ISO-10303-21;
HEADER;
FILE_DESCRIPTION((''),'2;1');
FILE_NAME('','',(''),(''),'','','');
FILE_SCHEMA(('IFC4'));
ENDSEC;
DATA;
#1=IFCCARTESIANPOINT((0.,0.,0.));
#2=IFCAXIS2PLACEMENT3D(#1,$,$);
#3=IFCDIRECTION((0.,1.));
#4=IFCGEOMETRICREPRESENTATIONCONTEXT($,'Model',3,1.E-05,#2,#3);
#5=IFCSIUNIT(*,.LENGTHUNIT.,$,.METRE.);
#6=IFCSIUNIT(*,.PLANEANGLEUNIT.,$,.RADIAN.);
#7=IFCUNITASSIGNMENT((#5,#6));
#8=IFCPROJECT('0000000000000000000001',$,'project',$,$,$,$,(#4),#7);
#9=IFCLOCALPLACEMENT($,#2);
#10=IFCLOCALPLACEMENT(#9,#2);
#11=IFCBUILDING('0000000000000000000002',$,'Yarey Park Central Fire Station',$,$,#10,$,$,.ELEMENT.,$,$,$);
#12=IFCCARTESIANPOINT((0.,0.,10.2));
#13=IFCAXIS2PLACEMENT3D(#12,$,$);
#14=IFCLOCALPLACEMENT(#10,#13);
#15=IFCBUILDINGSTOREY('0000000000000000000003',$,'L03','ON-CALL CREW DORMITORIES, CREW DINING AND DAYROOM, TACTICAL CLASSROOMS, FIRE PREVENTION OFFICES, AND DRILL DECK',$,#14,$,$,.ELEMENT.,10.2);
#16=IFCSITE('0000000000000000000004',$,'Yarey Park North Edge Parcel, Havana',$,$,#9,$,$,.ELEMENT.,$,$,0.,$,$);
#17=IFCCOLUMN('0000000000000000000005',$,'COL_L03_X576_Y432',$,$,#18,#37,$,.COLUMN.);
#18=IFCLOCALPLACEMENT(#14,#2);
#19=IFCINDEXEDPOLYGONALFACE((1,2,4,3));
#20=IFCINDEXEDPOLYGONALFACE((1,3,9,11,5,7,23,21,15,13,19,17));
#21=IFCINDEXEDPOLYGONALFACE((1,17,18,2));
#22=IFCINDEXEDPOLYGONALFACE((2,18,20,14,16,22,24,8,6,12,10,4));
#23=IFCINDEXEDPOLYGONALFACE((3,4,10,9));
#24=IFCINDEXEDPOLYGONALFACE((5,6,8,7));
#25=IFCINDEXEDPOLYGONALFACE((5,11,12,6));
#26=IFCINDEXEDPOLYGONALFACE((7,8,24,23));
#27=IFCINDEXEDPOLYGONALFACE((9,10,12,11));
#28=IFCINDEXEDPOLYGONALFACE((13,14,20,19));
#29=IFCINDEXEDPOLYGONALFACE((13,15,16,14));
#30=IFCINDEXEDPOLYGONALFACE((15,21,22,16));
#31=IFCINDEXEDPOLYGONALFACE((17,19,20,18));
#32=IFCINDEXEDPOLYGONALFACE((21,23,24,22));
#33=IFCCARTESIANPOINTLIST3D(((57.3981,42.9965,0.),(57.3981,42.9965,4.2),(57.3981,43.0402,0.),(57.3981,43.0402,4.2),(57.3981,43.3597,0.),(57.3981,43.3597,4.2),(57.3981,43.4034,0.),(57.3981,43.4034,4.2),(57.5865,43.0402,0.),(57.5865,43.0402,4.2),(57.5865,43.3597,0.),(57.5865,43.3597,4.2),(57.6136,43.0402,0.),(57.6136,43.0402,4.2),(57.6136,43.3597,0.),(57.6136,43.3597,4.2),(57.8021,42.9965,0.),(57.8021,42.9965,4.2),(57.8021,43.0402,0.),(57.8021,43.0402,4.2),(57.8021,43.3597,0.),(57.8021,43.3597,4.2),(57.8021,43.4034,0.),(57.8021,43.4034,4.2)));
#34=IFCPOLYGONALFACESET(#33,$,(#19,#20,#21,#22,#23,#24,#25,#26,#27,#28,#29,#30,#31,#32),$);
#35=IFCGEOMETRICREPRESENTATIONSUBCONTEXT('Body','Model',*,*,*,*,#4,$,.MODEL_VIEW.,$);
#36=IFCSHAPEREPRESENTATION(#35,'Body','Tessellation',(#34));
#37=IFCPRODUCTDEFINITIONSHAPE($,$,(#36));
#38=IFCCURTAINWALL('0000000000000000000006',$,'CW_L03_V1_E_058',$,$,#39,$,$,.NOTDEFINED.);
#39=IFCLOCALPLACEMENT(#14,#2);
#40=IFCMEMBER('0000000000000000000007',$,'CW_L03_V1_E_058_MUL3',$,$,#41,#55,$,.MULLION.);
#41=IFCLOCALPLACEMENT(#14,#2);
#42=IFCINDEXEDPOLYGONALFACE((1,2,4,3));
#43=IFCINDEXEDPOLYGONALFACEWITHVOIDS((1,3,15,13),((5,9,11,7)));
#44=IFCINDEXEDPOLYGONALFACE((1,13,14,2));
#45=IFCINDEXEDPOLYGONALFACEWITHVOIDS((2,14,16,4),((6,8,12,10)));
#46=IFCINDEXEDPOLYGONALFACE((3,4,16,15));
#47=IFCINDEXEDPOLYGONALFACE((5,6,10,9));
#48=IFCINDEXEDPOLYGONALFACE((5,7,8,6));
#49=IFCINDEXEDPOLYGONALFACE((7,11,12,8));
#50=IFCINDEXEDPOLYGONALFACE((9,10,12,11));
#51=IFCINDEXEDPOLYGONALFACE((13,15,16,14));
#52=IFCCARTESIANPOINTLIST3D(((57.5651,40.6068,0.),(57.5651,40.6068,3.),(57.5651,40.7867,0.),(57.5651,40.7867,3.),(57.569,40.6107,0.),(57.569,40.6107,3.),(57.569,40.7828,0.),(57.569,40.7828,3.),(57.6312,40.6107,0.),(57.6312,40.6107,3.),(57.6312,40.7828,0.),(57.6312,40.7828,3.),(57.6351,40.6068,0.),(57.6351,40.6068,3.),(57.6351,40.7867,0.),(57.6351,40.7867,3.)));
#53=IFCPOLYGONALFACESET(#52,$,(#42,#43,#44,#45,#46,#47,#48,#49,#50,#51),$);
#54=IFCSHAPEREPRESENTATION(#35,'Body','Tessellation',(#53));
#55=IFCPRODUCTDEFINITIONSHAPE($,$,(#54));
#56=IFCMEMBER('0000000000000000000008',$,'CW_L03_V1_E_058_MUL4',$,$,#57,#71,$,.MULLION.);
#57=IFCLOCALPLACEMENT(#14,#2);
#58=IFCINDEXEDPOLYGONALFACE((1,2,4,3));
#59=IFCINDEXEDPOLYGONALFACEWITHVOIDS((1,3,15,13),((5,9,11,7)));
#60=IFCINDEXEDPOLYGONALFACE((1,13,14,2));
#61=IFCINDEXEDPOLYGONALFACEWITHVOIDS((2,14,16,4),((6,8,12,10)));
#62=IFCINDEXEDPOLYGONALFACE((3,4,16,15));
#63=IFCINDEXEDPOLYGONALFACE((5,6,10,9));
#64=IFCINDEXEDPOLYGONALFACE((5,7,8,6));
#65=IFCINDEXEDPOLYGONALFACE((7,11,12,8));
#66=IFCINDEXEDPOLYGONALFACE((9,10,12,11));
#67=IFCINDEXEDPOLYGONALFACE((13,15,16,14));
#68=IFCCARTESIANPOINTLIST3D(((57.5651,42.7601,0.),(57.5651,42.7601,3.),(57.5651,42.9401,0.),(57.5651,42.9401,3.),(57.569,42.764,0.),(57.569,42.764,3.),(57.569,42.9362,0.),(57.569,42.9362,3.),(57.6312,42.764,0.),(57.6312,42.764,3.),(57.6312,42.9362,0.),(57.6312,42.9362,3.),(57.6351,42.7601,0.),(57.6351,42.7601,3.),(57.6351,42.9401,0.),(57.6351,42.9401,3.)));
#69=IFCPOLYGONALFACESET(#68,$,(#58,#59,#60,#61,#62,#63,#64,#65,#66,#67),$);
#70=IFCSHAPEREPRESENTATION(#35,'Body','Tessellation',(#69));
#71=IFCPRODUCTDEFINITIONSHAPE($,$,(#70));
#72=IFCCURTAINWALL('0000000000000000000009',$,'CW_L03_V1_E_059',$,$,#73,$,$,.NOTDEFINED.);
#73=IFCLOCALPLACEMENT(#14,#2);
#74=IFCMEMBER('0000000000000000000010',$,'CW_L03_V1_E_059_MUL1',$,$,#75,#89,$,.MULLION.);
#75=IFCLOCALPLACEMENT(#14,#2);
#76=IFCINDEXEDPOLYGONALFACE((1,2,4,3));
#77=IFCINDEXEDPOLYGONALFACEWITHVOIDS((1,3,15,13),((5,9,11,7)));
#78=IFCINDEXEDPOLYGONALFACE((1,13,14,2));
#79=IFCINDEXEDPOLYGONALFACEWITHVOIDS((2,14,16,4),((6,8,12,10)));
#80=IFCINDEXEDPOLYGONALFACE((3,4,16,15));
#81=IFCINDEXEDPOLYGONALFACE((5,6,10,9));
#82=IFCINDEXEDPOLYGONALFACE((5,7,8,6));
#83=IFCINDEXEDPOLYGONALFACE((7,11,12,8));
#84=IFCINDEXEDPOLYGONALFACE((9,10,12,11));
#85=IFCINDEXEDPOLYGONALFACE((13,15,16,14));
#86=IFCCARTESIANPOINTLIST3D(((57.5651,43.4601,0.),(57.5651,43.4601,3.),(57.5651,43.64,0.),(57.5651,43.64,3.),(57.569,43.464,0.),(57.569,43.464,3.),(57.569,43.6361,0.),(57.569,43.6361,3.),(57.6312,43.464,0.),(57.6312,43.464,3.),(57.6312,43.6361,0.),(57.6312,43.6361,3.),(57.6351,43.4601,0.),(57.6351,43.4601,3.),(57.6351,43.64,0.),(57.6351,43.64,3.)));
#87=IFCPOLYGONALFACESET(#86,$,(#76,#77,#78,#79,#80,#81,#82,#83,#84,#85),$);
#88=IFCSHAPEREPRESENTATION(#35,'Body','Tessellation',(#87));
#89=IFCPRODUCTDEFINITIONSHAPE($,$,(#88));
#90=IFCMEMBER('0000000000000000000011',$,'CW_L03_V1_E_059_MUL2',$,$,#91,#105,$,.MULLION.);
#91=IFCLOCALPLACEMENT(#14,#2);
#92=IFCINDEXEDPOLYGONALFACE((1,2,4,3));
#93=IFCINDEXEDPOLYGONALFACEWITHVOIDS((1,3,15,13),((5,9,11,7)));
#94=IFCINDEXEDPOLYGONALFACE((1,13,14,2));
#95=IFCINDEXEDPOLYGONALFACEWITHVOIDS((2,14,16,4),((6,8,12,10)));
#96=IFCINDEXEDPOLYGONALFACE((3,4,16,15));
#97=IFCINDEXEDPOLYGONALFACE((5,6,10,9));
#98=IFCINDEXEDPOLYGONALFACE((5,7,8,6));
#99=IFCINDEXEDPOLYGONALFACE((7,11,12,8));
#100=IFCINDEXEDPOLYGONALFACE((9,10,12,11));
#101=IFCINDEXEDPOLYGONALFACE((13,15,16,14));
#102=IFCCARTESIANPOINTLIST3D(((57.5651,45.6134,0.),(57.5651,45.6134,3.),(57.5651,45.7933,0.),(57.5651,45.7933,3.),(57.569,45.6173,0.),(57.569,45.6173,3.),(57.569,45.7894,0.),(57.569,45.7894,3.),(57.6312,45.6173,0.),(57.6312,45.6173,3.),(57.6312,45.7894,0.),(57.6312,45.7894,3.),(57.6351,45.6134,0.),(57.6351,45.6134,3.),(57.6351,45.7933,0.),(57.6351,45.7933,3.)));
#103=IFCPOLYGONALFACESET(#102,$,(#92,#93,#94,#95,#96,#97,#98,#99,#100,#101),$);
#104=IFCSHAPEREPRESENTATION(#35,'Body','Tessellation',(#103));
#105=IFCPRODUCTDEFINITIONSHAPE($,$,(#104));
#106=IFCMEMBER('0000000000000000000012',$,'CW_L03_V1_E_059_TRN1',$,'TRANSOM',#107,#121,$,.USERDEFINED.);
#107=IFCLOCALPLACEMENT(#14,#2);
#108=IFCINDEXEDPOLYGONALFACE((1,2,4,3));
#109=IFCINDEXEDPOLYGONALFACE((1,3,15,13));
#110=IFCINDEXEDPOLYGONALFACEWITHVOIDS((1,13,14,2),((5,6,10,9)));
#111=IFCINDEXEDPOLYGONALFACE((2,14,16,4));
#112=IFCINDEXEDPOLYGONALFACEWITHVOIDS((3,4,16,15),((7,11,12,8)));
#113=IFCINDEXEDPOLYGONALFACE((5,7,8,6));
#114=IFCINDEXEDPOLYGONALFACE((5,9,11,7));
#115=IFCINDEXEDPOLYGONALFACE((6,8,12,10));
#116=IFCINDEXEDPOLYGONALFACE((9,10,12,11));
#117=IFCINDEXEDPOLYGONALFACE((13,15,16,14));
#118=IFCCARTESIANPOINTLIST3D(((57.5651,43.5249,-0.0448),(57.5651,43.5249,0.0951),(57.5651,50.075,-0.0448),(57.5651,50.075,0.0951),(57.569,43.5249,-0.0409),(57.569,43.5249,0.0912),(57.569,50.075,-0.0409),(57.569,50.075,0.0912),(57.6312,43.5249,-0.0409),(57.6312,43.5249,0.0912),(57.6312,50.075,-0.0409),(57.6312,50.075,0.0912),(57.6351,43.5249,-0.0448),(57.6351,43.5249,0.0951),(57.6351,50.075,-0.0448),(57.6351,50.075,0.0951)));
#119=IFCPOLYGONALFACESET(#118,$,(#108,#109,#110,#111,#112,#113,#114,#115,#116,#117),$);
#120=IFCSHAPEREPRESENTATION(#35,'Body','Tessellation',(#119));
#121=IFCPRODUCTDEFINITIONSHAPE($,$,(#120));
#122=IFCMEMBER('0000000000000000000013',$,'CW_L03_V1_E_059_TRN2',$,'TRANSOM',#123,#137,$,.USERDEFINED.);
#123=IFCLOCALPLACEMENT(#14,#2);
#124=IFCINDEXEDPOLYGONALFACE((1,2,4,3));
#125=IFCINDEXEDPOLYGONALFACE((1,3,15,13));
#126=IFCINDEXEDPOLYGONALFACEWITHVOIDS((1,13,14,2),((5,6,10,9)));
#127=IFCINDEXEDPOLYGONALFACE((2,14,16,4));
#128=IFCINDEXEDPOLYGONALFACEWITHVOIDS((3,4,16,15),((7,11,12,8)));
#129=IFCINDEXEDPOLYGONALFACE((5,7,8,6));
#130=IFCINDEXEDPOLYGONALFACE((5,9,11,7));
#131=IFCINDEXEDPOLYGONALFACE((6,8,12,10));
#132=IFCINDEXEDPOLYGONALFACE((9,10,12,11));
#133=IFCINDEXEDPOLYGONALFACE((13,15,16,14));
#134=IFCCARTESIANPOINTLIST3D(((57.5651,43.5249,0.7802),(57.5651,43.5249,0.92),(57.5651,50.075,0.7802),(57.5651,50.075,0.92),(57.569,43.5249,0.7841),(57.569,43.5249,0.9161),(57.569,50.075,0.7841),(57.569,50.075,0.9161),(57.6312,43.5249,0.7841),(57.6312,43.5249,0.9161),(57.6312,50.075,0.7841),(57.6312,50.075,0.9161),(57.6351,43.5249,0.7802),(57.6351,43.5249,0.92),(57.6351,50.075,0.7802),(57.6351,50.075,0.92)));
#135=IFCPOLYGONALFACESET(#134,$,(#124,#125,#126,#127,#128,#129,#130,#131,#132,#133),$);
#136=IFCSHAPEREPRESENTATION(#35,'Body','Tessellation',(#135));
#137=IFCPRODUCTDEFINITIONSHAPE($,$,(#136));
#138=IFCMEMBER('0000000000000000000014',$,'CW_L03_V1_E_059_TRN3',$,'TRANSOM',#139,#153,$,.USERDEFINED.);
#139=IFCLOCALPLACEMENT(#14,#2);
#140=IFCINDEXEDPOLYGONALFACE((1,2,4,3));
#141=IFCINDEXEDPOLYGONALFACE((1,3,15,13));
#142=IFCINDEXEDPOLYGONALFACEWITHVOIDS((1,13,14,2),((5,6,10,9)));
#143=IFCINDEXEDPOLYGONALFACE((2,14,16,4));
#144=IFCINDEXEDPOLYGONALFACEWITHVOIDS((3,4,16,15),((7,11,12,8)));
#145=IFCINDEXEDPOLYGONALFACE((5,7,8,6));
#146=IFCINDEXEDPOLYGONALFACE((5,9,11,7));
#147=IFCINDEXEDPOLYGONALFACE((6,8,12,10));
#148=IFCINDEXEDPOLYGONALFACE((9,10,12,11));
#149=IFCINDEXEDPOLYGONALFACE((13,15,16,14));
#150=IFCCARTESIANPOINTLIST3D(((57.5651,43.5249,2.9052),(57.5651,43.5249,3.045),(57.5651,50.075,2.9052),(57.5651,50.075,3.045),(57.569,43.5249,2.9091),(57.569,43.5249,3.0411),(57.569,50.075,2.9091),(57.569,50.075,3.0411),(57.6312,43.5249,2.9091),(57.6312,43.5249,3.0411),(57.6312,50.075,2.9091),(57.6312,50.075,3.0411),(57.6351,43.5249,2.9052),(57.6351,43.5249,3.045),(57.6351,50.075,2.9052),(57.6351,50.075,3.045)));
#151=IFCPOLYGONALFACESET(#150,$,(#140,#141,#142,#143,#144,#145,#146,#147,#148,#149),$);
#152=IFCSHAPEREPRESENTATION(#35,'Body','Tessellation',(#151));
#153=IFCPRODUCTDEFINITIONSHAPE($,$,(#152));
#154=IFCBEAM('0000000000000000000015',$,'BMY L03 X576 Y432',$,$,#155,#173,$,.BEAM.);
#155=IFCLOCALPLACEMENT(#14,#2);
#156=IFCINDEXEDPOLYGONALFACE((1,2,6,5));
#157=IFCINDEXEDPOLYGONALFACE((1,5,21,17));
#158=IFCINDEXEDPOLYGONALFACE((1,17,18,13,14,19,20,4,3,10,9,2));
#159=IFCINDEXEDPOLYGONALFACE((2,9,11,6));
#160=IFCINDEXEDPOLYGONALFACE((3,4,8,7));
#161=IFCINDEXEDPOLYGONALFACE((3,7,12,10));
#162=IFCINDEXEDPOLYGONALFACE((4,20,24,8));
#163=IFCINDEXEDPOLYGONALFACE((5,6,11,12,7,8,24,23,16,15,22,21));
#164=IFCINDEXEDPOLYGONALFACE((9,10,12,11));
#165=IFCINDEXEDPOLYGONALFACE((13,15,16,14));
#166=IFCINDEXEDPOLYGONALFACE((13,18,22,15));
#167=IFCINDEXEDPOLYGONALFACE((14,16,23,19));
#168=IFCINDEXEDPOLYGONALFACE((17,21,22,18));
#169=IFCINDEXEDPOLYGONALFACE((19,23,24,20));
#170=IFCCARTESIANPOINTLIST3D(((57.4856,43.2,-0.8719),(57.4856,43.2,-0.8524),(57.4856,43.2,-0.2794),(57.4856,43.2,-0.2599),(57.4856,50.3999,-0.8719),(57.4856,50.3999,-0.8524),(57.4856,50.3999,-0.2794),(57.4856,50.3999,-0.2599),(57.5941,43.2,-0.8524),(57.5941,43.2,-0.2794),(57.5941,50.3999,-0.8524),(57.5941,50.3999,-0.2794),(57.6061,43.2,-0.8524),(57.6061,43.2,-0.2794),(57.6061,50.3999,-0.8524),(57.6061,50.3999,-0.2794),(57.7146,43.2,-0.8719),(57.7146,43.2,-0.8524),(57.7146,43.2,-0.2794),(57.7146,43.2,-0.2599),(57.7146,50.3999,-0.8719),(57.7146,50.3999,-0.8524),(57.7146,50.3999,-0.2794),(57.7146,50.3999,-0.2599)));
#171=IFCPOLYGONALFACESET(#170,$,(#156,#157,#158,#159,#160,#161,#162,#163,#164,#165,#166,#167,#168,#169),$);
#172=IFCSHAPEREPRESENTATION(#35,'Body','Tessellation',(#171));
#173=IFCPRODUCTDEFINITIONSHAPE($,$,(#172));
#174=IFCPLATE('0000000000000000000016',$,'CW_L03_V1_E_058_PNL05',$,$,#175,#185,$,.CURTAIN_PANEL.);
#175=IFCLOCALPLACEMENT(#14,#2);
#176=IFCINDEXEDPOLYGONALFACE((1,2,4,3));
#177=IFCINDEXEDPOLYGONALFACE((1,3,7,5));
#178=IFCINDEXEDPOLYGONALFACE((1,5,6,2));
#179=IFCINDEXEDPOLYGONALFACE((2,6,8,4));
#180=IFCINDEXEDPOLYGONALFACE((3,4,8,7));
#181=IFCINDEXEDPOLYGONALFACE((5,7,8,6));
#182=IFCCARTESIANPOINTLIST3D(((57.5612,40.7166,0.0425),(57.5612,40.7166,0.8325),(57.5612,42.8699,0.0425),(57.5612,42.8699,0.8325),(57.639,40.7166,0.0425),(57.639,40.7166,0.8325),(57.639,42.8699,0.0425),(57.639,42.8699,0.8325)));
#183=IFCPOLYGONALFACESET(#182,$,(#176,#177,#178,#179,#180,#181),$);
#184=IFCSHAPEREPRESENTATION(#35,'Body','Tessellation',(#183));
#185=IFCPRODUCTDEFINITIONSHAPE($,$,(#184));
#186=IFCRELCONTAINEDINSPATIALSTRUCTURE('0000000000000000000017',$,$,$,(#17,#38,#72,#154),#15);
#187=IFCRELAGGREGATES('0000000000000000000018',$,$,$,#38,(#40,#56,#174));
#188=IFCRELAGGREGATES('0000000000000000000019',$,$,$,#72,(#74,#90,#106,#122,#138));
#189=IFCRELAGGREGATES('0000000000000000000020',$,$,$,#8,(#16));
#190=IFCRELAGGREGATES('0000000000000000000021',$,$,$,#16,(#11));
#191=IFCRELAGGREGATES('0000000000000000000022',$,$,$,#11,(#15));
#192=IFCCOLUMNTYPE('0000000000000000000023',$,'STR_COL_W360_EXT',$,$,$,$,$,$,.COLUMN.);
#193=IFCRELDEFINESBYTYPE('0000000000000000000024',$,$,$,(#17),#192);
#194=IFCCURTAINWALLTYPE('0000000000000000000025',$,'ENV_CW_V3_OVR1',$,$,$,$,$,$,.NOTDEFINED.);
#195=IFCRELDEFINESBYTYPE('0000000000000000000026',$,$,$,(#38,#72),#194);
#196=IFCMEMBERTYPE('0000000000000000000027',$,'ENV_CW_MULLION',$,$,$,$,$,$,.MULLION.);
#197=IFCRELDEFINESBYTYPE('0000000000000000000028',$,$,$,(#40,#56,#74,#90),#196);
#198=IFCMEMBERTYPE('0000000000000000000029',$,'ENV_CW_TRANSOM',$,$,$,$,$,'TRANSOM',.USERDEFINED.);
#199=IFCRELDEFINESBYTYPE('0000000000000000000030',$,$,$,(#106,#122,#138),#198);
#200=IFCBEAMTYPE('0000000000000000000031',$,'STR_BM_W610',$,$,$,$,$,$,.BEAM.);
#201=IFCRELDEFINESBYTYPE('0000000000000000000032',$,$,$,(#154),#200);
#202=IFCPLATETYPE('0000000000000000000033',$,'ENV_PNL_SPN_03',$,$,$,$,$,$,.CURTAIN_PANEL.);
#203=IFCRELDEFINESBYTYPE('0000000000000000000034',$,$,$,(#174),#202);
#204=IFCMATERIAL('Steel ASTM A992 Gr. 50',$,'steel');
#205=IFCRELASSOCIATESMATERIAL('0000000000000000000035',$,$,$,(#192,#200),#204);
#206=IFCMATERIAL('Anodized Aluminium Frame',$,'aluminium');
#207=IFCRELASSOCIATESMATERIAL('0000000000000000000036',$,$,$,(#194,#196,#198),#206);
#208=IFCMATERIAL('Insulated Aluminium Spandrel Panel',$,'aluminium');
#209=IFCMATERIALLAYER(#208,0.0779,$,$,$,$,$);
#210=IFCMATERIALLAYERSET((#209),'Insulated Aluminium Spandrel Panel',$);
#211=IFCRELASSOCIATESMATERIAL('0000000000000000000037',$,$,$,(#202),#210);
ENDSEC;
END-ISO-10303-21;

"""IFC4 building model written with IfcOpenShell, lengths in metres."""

from ifc_helpers import new_model, si_unit, direction, frame, origin, origin_2d, place, context, subcontext, project, spatial, rectangle, hollow_rectangle, i_section, extrude, material, layer, layer_set, material_profile, profile_set, type_object, element, aggregate, save


model = new_model("IFC4")

# Units and contexts
model_context = context("Model", 3, precision=1e-05, world=origin(), true_north=direction((0.0, 1.0)))
body_context = subcontext(model_context, "Body", "Model", "MODEL_VIEW")
ifc_project = project(units=[si_unit("LENGTHUNIT", "METRE"), si_unit("PLANEANGLEUNIT", "RADIAN")], contexts=[model_context])

# Site, building, storey
site_placement = place(None, origin())
site = spatial("IfcSite", under=ifc_project, at=site_placement, Name="Yarey Park North Edge Parcel, Havana", CompositionType="ELEMENT", RefElevation=0.0)
building_placement = place(site_placement, origin())
building = spatial("IfcBuilding", under=site, at=building_placement, Name="Yarey Park Central Fire Station", CompositionType="ELEMENT")
storey_placement = place(building_placement, frame((0.0, 0.0, 10.2)))
storey = spatial("IfcBuildingStorey", under=building, at=storey_placement, Name="L03", Description="ON-CALL CREW DORMITORIES, CREW DINING AND DAYROOM, TACTICAL CLASSROOMS, FIRE PREVENTION OFFICES, AND DRILL DECK", CompositionType="ELEMENT", Elevation=10.2)

# Column
ifc_material_1 = material(Name="Steel ASTM A992 Gr. 50", Category="steel")
ifc_material_profile_1 = material_profile(ifc_material_1, i_section(OverallWidth=0.4041, OverallDepth=0.407, WebThickness=0.0271, FlangeThickness=0.0437, at=origin_2d()), Name="W360x347")
ifc_profile_set_1 = profile_set([ifc_material_profile_1], Name="Steel ASTM A992 Gr. 50")
column_type = type_object("IfcColumnType", Name="STR_COL_W360_EXT", PredefinedType="COLUMN", material=ifc_profile_set_1)
column_placement = place(storey_placement, frame((57.6001, 43.2, 0.0), z_axis=(0.0, 0.0, 1.0), x_axis=(1.0, 0.0, 0.0)))
element("IfcColumn", 1, at=column_placement, inside=storey, type_object=column_type, Name="COL_L03_X576_Y432", PredefinedType="COLUMN", context=body_context, shape_type="SweptSolid", body=[
    extrude(i_section(OverallWidth=0.4041, OverallDepth=0.407, WebThickness=0.0271, FlangeThickness=0.0437, at=origin_2d()), origin(), (0.0, 0.0, 1.0), 4.2),
])

# Curtain walls, members
ifc_material_2 = material(Name="Anodized Aluminium Frame", Category="aluminium")
curtain_wall_type = type_object("IfcCurtainWallType", Name="ENV_CW_V3_OVR1", PredefinedType="NOTDEFINED", material=ifc_material_2)
curtain_wall_1_placement = place(storey_placement, origin())
curtain_wall_1 = element("IfcCurtainWall", 2, at=curtain_wall_1_placement, inside=storey, type_object=curtain_wall_type, Name="CW_L03_V1_E_058", PredefinedType="NOTDEFINED")
ifc_material_profile_2 = material_profile(ifc_material_2, hollow_rectangle(XDim=0.0701, YDim=0.1799, WallThickness=0.0039, at=origin_2d()), Name="ALU 180x70x4")
ifc_profile_set_2 = profile_set([ifc_material_profile_2], Name="Anodized Aluminium Frame")
member_type_1 = type_object("IfcMemberType", Name="ENV_CW_MULLION", PredefinedType="MULLION", material=ifc_profile_set_2)
member_1_placement = place(storey_placement, frame((57.6001, 40.6968, 0.0), z_axis=(0.0, 0.0, 1.0), x_axis=(1.0, 0.0, 0.0)))
member_1 = element("IfcMember", 3, at=member_1_placement, type_object=member_type_1, Name="CW_L03_V1_E_058_MUL3", PredefinedType="MULLION", context=body_context, shape_type="SweptSolid", body=[
    extrude(hollow_rectangle(XDim=0.0701, YDim=0.1799, WallThickness=0.0039, at=origin_2d()), origin(), (0.0, 0.0, 1.0), 3.0),
])
member_2_placement = place(storey_placement, frame((57.6001, 42.8501, 0.0), z_axis=(0.0, 0.0, 1.0), x_axis=(1.0, 0.0, 0.0)))
member_2 = element("IfcMember", 4, at=member_2_placement, type_object=member_type_1, Name="CW_L03_V1_E_058_MUL4", PredefinedType="MULLION", context=body_context, shape_type="SweptSolid", body=[
    extrude(hollow_rectangle(XDim=0.0701, YDim=0.1799, WallThickness=0.0039, at=origin_2d()), origin(), (0.0, 0.0, 1.0), 3.0),
])
curtain_wall_2_placement = place(storey_placement, origin())
curtain_wall_2 = element("IfcCurtainWall", 5, at=curtain_wall_2_placement, inside=storey, type_object=curtain_wall_type, Name="CW_L03_V1_E_059", PredefinedType="NOTDEFINED")
member_3_placement = place(storey_placement, frame((57.6001, 43.55, 0.0), z_axis=(0.0, 0.0, 1.0), x_axis=(1.0, 0.0, 0.0)))
member_3 = element("IfcMember", 6, at=member_3_placement, type_object=member_type_1, Name="CW_L03_V1_E_059_MUL1", PredefinedType="MULLION", context=body_context, shape_type="SweptSolid", body=[
    extrude(hollow_rectangle(XDim=0.0701, YDim=0.1799, WallThickness=0.0039, at=origin_2d()), origin(), (0.0, 0.0, 1.0), 3.0),
])
member_4_placement = place(storey_placement, frame((57.6001, 45.7034, 0.0), z_axis=(0.0, 0.0, 1.0), x_axis=(1.0, 0.0, 0.0)))
member_4 = element("IfcMember", 7, at=member_4_placement, type_object=member_type_1, Name="CW_L03_V1_E_059_MUL2", PredefinedType="MULLION", context=body_context, shape_type="SweptSolid", body=[
    extrude(hollow_rectangle(XDim=0.0701, YDim=0.1799, WallThickness=0.0039, at=origin_2d()), origin(), (0.0, 0.0, 1.0), 3.0),
])
ifc_material_profile_3 = material_profile(ifc_material_2, hollow_rectangle(XDim=0.0701, YDim=0.1399, WallThickness=0.0039, at=origin_2d()), Name="ALU 140x70x4")
ifc_profile_set_3 = profile_set([ifc_material_profile_3], Name="Anodized Aluminium Frame")
member_type_2 = type_object("IfcMemberType", Name="ENV_CW_TRANSOM", ElementType="TRANSOM", PredefinedType="USERDEFINED", material=ifc_profile_set_3)
member_5_placement = place(storey_placement, frame((57.6001, 43.5249, 0.0251), z_axis=(0.0, 1.0, 0.0), x_axis=(-1.0, 0.0, 0.0)))
member_5 = element("IfcMember", 8, at=member_5_placement, type_object=member_type_2, Name="CW_L03_V1_E_059_TRN1", ObjectType="TRANSOM", PredefinedType="USERDEFINED", context=body_context, shape_type="SweptSolid", body=[
    extrude(hollow_rectangle(XDim=0.0701, YDim=0.1399, WallThickness=0.0039, at=origin_2d()), origin(), (0.0, 0.0, 1.0), 6.55),
])
member_6_placement = place(storey_placement, frame((57.6001, 43.5249, 0.8501), z_axis=(0.0, 1.0, 0.0), x_axis=(-1.0, 0.0, 0.0)))
member_6 = element("IfcMember", 9, at=member_6_placement, type_object=member_type_2, Name="CW_L03_V1_E_059_TRN2", ObjectType="TRANSOM", PredefinedType="USERDEFINED", context=body_context, shape_type="SweptSolid", body=[
    extrude(hollow_rectangle(XDim=0.0701, YDim=0.1399, WallThickness=0.0039, at=origin_2d()), origin(), (0.0, 0.0, 1.0), 6.55),
])
member_7_placement = place(storey_placement, frame((57.6001, 43.5249, 2.9751), z_axis=(0.0, 1.0, 0.0), x_axis=(-1.0, 0.0, 0.0)))
member_7 = element("IfcMember", 10, at=member_7_placement, type_object=member_type_2, Name="CW_L03_V1_E_059_TRN3", ObjectType="TRANSOM", PredefinedType="USERDEFINED", context=body_context, shape_type="SweptSolid", body=[
    extrude(hollow_rectangle(XDim=0.0701, YDim=0.1399, WallThickness=0.0039, at=origin_2d()), origin(), (0.0, 0.0, 1.0), 6.55),
])

# Beam
ifc_material_profile_4 = material_profile(ifc_material_1, i_section(OverallWidth=0.229, OverallDepth=0.6121, WebThickness=0.012, FlangeThickness=0.0195, at=origin_2d()), Name="W610x125")
ifc_profile_set_4 = profile_set([ifc_material_profile_4], Name="Steel ASTM A992 Gr. 50")
beam_type = type_object("IfcBeamType", Name="STR_BM_W610", PredefinedType="BEAM", material=ifc_profile_set_4)
beam_placement = place(storey_placement, frame((57.6001, 43.2, -0.5659), z_axis=(0.0, 1.0, 0.0), x_axis=(-1.0, 0.0, 0.0)))
element("IfcBeam", 11, at=beam_placement, inside=storey, type_object=beam_type, Name="BMY L03 X576 Y432", PredefinedType="BEAM", context=body_context, shape_type="SweptSolid", body=[
    extrude(i_section(OverallWidth=0.229, OverallDepth=0.6121, WebThickness=0.012, FlangeThickness=0.0195, at=origin_2d()), origin(), (0.0, 0.0, 1.0), 7.2),
])

# Plate
ifc_material_3 = material(Name="Insulated Aluminium Spandrel Panel", Category="aluminium")
ifc_layer_1 = layer(ifc_material_3, 0.0779)
ifc_layer_set_1 = layer_set([ifc_layer_1], Name="Insulated Aluminium Spandrel Panel")
plate_type_1 = type_object("IfcPlateType", Name="ENV_PNL_SPN_03", PredefinedType="CURTAIN_PANEL", material=ifc_layer_set_1)
plate_1_placement = place(storey_placement, frame((57.6001, 41.7932, 0.0425), z_axis=(0.0, 0.0, 1.0), x_axis=(0.0, 1.0, 0.0)))
plate_1 = element("IfcPlate", 12, at=plate_1_placement, type_object=plate_type_1, Name="CW_L03_V1_E_058_PNL05", PredefinedType="CURTAIN_PANEL", context=body_context, shape_type="SweptSolid", body=[
    extrude(rectangle(XDim=2.1533, YDim=0.0779, at=origin_2d()), origin(), (0.0, 0.0, 1.0), 0.79),
])
aggregate(curtain_wall_1, [member_1, member_2, plate_1])
aggregate(curtain_wall_2, [member_3, member_4, member_5, member_6, member_7])

save(model, "model.ifc")
